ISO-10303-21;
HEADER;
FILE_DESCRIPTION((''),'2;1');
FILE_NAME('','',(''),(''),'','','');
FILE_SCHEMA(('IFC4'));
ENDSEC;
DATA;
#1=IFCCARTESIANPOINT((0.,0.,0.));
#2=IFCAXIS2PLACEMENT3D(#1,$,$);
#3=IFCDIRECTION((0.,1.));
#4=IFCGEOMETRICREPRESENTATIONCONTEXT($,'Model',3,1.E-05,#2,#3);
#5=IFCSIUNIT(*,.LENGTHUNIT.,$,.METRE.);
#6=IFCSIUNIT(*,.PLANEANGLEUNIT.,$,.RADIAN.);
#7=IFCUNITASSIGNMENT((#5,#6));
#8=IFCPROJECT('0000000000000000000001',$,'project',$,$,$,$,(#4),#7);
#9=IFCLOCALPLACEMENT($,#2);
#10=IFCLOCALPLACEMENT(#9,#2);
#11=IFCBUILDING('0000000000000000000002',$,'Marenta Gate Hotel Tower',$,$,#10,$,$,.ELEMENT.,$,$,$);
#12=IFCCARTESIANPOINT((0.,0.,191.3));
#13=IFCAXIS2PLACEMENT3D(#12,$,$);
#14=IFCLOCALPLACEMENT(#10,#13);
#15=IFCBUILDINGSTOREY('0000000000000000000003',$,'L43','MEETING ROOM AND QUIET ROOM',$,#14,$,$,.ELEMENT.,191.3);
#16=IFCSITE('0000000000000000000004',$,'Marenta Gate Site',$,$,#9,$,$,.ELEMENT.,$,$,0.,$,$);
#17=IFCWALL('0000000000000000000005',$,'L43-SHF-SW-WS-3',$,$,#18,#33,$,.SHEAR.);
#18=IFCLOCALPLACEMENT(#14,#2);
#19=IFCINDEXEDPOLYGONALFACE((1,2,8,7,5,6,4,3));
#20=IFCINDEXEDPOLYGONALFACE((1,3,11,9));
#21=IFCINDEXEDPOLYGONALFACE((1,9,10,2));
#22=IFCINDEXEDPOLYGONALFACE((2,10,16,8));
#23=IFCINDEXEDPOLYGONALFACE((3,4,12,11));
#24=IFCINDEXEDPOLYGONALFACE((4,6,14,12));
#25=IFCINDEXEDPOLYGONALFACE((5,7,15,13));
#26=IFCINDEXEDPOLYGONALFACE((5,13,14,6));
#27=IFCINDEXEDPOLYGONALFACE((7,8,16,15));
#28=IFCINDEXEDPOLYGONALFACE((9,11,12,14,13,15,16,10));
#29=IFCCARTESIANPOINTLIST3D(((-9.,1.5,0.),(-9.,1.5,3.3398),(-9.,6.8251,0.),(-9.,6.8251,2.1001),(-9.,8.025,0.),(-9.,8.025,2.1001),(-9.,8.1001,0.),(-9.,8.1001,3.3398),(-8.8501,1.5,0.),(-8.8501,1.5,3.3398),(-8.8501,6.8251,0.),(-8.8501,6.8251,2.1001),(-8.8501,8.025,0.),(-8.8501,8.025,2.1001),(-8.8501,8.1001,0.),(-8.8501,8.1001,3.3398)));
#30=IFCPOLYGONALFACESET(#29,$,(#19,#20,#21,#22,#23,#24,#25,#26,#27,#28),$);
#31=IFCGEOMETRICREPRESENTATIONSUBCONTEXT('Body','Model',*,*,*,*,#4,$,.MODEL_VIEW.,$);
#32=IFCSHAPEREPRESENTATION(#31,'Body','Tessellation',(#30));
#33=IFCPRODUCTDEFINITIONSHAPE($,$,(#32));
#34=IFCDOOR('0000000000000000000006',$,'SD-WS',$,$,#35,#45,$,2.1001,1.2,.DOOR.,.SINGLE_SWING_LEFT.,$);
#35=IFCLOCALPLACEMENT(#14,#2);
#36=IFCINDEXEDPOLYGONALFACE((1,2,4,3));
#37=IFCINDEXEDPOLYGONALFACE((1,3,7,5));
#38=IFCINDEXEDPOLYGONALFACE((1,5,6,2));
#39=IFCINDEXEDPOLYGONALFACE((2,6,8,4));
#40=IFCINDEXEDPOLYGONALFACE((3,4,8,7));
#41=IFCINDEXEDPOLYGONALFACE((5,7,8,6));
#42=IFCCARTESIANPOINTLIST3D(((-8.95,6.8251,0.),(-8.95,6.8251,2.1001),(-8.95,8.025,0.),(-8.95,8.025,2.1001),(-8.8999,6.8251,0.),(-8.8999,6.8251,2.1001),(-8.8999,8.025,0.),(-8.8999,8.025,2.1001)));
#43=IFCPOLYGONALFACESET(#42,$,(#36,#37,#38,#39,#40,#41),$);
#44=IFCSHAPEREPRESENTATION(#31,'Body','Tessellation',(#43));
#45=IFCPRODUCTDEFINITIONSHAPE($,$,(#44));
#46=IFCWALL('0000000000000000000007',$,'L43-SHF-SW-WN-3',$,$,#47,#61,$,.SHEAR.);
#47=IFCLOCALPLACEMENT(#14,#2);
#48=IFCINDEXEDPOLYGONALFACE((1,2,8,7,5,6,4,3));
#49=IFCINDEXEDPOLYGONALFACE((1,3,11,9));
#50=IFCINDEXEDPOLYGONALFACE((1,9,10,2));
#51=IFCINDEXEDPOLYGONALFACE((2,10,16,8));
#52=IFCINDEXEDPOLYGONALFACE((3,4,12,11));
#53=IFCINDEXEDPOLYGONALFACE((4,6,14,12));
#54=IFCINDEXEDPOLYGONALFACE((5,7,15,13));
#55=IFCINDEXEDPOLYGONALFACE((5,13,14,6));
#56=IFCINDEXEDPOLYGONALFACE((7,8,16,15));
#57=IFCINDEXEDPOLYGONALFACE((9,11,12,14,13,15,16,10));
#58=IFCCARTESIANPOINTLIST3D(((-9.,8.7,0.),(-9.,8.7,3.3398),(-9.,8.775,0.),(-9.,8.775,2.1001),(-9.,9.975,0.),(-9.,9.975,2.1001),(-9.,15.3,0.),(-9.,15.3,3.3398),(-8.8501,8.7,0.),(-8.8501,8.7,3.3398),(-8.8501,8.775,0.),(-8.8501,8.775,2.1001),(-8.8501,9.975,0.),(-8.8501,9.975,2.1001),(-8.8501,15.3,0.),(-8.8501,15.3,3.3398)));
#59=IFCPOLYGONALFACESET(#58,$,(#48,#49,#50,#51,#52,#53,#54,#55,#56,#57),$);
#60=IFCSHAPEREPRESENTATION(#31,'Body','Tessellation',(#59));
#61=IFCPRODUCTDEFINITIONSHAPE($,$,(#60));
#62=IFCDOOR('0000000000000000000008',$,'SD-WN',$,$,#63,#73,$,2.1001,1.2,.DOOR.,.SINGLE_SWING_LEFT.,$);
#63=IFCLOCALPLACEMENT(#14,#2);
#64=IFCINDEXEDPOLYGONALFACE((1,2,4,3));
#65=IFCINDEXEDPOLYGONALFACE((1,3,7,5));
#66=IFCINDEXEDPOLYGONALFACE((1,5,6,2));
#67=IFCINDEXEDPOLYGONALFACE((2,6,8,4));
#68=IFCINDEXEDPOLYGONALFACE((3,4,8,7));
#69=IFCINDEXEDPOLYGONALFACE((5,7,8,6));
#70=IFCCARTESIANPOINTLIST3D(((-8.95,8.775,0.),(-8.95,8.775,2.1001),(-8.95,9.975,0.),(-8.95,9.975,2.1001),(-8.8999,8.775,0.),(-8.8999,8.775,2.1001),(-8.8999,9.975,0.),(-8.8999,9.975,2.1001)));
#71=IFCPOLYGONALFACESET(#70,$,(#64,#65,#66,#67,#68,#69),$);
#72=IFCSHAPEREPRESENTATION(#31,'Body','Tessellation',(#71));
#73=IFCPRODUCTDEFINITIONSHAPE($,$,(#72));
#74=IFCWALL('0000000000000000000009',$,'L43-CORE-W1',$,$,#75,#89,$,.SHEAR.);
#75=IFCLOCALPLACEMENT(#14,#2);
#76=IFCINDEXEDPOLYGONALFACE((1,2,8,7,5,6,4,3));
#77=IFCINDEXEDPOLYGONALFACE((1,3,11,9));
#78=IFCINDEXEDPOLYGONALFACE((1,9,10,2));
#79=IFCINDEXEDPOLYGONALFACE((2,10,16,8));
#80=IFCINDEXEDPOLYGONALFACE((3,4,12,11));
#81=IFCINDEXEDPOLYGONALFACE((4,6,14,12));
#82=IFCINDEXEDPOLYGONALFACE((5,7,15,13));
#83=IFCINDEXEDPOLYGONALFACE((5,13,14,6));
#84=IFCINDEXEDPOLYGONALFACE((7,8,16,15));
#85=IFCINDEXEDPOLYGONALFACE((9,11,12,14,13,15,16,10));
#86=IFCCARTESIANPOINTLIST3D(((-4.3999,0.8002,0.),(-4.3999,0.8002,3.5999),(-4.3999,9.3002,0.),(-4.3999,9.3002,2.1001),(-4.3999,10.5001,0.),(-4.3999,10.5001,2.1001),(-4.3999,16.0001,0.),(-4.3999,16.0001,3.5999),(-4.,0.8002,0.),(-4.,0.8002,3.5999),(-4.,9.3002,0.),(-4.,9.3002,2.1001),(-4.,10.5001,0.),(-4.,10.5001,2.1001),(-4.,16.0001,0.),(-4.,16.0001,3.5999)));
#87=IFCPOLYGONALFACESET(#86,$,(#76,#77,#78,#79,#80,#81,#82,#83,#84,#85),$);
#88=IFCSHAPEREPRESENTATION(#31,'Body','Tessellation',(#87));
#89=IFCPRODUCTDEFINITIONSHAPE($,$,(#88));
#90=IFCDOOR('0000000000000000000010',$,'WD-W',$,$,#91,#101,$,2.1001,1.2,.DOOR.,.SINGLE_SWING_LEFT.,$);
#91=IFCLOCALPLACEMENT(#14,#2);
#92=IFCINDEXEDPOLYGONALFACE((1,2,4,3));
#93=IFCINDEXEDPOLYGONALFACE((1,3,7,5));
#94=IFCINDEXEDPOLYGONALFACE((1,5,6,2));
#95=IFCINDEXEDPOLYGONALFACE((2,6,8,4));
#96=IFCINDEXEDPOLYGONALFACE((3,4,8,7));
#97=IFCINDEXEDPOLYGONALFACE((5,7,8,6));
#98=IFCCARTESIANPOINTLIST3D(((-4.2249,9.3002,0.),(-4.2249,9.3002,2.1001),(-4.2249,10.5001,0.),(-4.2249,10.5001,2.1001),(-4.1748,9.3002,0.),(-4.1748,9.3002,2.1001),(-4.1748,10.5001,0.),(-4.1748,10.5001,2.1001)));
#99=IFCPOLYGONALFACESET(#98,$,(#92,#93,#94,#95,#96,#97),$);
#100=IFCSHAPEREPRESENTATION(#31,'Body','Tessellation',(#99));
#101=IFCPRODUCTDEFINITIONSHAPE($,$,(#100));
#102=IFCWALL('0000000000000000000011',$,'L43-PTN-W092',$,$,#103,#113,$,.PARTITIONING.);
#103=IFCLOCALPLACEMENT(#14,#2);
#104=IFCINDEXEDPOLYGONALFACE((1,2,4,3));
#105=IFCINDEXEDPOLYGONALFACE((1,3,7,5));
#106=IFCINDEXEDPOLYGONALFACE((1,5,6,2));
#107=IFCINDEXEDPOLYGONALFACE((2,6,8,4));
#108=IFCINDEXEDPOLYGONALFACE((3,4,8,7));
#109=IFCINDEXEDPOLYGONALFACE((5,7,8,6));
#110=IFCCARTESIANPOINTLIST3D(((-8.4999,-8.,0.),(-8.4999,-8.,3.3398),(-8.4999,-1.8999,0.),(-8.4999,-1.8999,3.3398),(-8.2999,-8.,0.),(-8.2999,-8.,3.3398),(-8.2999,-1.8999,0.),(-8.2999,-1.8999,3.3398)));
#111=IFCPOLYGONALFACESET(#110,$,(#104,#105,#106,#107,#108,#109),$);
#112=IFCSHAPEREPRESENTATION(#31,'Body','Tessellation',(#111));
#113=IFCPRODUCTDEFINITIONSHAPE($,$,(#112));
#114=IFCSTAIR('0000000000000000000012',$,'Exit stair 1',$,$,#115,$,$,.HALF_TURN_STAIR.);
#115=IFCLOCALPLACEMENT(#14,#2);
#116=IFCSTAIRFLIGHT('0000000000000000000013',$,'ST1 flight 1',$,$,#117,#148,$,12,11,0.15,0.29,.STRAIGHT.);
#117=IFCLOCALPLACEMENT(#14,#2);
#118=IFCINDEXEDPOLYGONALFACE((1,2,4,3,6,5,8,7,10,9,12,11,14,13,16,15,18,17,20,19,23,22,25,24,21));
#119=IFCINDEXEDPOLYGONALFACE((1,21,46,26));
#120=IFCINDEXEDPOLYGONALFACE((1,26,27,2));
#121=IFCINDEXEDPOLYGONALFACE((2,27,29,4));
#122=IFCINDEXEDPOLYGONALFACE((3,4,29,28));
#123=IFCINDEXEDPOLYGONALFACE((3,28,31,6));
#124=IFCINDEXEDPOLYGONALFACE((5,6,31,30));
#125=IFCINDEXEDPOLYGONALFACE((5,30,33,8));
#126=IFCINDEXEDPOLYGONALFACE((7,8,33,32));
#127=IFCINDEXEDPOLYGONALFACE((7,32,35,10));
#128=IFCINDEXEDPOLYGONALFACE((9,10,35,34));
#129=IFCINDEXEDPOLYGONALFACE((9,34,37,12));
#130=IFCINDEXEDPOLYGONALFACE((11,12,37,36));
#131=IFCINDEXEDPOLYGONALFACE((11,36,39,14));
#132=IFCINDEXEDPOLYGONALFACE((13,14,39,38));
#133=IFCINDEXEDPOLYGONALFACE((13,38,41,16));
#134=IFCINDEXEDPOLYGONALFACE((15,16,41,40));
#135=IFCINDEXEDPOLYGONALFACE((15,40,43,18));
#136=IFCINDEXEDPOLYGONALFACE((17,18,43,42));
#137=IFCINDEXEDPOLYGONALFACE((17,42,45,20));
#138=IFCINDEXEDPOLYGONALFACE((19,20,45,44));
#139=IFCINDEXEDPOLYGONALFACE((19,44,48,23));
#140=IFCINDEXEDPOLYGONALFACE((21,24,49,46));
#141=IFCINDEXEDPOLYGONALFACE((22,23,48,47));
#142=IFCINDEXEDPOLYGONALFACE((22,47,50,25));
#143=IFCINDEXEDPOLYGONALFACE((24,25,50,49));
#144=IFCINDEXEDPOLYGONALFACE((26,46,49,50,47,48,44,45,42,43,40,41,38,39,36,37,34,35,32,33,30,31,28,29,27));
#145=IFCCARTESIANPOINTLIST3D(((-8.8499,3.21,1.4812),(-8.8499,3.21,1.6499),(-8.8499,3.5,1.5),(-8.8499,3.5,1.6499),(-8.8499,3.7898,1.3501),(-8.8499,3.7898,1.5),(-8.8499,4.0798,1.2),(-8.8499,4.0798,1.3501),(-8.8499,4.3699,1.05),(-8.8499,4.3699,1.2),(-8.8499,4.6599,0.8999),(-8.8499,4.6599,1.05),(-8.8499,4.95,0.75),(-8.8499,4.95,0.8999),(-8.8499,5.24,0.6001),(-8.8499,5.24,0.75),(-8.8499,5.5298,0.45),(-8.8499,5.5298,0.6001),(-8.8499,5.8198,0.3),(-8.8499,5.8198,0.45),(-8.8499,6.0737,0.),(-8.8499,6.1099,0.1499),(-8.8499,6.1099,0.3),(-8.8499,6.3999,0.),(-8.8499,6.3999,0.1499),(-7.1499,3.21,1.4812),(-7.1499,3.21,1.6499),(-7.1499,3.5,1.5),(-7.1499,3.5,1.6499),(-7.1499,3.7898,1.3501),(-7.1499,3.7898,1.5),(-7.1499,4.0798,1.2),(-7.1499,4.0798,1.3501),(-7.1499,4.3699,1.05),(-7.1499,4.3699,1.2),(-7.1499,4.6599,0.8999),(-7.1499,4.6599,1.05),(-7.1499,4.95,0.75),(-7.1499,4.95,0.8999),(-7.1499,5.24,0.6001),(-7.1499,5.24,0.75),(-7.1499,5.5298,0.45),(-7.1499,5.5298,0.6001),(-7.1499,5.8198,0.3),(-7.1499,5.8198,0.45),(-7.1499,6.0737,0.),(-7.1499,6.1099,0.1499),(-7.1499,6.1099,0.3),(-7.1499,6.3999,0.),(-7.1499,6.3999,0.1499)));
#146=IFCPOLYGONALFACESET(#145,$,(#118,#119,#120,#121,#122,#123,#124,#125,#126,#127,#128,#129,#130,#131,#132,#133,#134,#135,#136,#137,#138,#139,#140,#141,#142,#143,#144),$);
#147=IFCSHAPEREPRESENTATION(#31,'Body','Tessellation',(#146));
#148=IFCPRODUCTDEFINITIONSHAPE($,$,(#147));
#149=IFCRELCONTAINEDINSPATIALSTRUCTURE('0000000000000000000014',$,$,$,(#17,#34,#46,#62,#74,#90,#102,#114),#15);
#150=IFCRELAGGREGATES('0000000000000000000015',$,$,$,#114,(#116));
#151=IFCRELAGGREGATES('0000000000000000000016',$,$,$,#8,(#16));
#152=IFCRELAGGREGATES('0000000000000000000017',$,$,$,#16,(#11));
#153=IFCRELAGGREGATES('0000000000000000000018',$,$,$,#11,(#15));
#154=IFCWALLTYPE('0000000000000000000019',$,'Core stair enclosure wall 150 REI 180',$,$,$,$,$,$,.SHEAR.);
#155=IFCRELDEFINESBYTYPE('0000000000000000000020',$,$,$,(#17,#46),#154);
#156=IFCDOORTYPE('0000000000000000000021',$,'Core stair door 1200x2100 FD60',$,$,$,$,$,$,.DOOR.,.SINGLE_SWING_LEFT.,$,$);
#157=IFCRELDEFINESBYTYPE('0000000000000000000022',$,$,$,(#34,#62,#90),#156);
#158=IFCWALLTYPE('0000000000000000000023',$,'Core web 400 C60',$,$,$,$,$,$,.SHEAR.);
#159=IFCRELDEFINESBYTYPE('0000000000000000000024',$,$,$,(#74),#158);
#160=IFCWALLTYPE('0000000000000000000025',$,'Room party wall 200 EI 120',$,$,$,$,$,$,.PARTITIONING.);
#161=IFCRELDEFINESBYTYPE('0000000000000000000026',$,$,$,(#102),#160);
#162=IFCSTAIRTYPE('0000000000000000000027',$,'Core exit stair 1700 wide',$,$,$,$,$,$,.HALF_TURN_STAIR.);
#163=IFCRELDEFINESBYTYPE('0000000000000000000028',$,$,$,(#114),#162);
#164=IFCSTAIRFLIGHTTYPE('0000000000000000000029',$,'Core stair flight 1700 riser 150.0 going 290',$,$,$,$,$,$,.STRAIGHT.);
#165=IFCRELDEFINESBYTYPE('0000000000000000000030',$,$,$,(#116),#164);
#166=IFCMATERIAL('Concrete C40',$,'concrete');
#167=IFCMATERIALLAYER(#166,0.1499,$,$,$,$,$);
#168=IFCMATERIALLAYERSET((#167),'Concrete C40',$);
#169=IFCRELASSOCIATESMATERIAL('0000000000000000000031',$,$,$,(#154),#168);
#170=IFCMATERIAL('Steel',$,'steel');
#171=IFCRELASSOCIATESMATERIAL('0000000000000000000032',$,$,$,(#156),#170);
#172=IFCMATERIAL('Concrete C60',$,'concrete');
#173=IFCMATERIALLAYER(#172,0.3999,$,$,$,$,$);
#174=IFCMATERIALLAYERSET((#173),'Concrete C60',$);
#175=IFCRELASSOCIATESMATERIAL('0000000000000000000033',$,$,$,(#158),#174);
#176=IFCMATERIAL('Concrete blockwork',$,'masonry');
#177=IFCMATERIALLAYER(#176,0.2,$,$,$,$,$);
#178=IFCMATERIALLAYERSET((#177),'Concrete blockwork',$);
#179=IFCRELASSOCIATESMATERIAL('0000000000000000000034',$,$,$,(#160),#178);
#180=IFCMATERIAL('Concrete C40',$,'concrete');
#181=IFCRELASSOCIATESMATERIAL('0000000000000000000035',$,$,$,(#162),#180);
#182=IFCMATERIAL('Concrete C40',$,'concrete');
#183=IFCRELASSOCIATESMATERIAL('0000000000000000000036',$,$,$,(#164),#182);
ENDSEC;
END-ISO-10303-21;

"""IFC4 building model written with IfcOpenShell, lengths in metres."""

from ifc_helpers import new_model, si_unit, direction, frame, frame_2d, origin, place, context, subcontext, project, spatial, polyline, rectangle, outline, extrude, material, layer, layer_set, type_object, element, fill, aggregate, save


model = new_model("IFC4")

# Units and contexts
model_context = context("Model", 3, precision=1e-05, world=origin(), true_north=direction((0.0, 1.0)))
body_context = subcontext(model_context, "Body", "Model", "MODEL_VIEW")
ifc_project = project(units=[si_unit("LENGTHUNIT", "METRE"), si_unit("PLANEANGLEUNIT", "RADIAN")], contexts=[model_context])

# Site, building, storey
site_placement = place(None, origin())
site = spatial("IfcSite", under=ifc_project, at=site_placement, Name="Marenta Gate Site", CompositionType="ELEMENT", RefElevation=0.0)
building_placement = place(site_placement, origin())
building = spatial("IfcBuilding", under=site, at=building_placement, Name="Marenta Gate Hotel Tower", CompositionType="ELEMENT")
storey_placement = place(building_placement, frame((0.0, 0.0, 191.3)))
storey = spatial("IfcBuildingStorey", under=building, at=storey_placement, Name="L43", Description="MEETING ROOM AND QUIET ROOM", CompositionType="ELEMENT", Elevation=191.3)

# Walls, openings, doors
ifc_material_1 = material(Name="Concrete C40", Category="concrete")
ifc_layer_1 = layer(ifc_material_1, 0.1499)
ifc_layer_set_1 = layer_set([ifc_layer_1], Name="Concrete C40")
wall_type_1 = type_object("IfcWallType", Name="Core stair enclosure wall 150 REI 180", PredefinedType="SHEAR", material=ifc_layer_set_1)
wall_1_placement = place(storey_placement, frame((-8.925, 1.5, 0.0), z_axis=(0.0, 0.0, 1.0), x_axis=(0.0, 1.0, 0.0)))
wall_1 = element("IfcWall", 1, at=wall_1_placement, inside=storey, type_object=wall_type_1, Name="L43-SHF-SW-WS-3", PredefinedType="SHEAR", context=body_context, shape_type="SweptSolid", body=[
    extrude(rectangle(XDim=6.6001, YDim=0.1499, at=frame_2d((3.3, 0.0))), origin(), (0.0, 0.0, 1.0), 3.3398),
])
opening_1_placement = place(wall_1_placement, frame((5.325, 0.0, 0.0)))
opening_1 = element("IfcOpeningElement", 2, at=opening_1_placement, cuts=wall_1, PredefinedType="OPENING", context=body_context, shape_type="SweptSolid", body=[
    extrude(rectangle(XDim=1.2, YDim=2.1001, at=frame_2d((0.6001, 1.05))), frame((0.0, 0.075, 0.0), z_axis=(0.0, -1.0, 0.0), x_axis=(1.0, 0.0, 0.0)), (0.0, 0.0, 1.0), 0.1499),
])
ifc_material_2 = material(Name="Steel", Category="steel")
door_type_1 = type_object("IfcDoorType", Name="Core stair door 1200x2100 FD60", OperationType="SINGLE_SWING_LEFT", PredefinedType="DOOR", material=ifc_material_2)
door_1_placement = place(opening_1_placement, origin())
door_1 = element("IfcDoor", 3, at=door_1_placement, inside=storey, type_object=door_type_1, Name="SD-WS", OperationType="SINGLE_SWING_LEFT", OverallHeight=2.1001, OverallWidth=1.2, PredefinedType="DOOR", context=body_context, shape_type="SweptSolid", body=[
    extrude(rectangle(XDim=1.2, YDim=2.1001, at=frame_2d((0.6001, 1.05))), frame((0.0, 0.0249, 0.0), z_axis=(0.0, -1.0, 0.0), x_axis=(1.0, 0.0, 0.0)), (0.0, 0.0, 1.0), 0.05),
])
fill(opening_1, door_1)
wall_2_placement = place(storey_placement, frame((-8.925, 8.7, 0.0), z_axis=(0.0, 0.0, 1.0), x_axis=(0.0, 1.0, 0.0)))
wall_2 = element("IfcWall", 4, at=wall_2_placement, inside=storey, type_object=wall_type_1, Name="L43-SHF-SW-WN-3", PredefinedType="SHEAR", context=body_context, shape_type="SweptSolid", body=[
    extrude(rectangle(XDim=6.6001, YDim=0.1499, at=frame_2d((3.3, 0.0))), origin(), (0.0, 0.0, 1.0), 3.3398),
])
opening_2_placement = place(wall_2_placement, frame((0.075, 0.0, 0.0)))
opening_2 = element("IfcOpeningElement", 5, at=opening_2_placement, cuts=wall_2, PredefinedType="OPENING", context=body_context, shape_type="SweptSolid", body=[
    extrude(rectangle(XDim=1.2, YDim=2.1001, at=frame_2d((0.6001, 1.05))), frame((0.0, 0.075, 0.0), z_axis=(0.0, -1.0, 0.0), x_axis=(1.0, 0.0, 0.0)), (0.0, 0.0, 1.0), 0.1499),
])
door_2_placement = place(opening_2_placement, origin())
door_2 = element("IfcDoor", 6, at=door_2_placement, inside=storey, type_object=door_type_1, Name="SD-WN", OperationType="SINGLE_SWING_LEFT", OverallHeight=2.1001, OverallWidth=1.2, PredefinedType="DOOR", context=body_context, shape_type="SweptSolid", body=[
    extrude(rectangle(XDim=1.2, YDim=2.1001, at=frame_2d((0.6001, 1.05))), frame((0.0, 0.0249, 0.0), z_axis=(0.0, -1.0, 0.0), x_axis=(1.0, 0.0, 0.0)), (0.0, 0.0, 1.0), 0.05),
])
fill(opening_2, door_2)
ifc_material_3 = material(Name="Concrete C60", Category="concrete")
ifc_layer_2 = layer(ifc_material_3, 0.3999)
ifc_layer_set_2 = layer_set([ifc_layer_2], Name="Concrete C60")
wall_type_2 = type_object("IfcWallType", Name="Core web 400 C60", PredefinedType="SHEAR", material=ifc_layer_set_2)
wall_3_placement = place(storey_placement, frame((-4.2, 0.8, 0.0), z_axis=(0.0, 0.0, 1.0), x_axis=(0.0, 1.0, 0.0)))
wall_3 = element("IfcWall", 7, at=wall_3_placement, inside=storey, type_object=wall_type_2, Name="L43-CORE-W1", PredefinedType="SHEAR", context=body_context, shape_type="SweptSolid", body=[
    extrude(rectangle(XDim=15.2, YDim=0.3999, at=frame_2d((7.6001, 0.0))), origin(), (0.0, 0.0, 1.0), 3.5999),
])
opening_3_placement = place(wall_3_placement, frame((8.5, 0.0, 0.0)))
opening_3 = element("IfcOpeningElement", 8, at=opening_3_placement, cuts=wall_3, PredefinedType="OPENING", context=body_context, shape_type="SweptSolid", body=[
    extrude(rectangle(XDim=1.2, YDim=2.1001, at=frame_2d((0.6001, 1.05))), frame((0.0, 0.2, 0.0), z_axis=(0.0, -1.0, 0.0), x_axis=(1.0, 0.0, 0.0)), (0.0, 0.0, 1.0), 0.3999),
])
door_3_placement = place(opening_3_placement, origin())
door_3 = element("IfcDoor", 9, at=door_3_placement, inside=storey, type_object=door_type_1, Name="WD-W", OperationType="SINGLE_SWING_LEFT", OverallHeight=2.1001, OverallWidth=1.2, PredefinedType="DOOR", context=body_context, shape_type="SweptSolid", body=[
    extrude(rectangle(XDim=1.2, YDim=2.1001, at=frame_2d((0.6001, 1.05))), frame((0.0, 0.0249, 0.0), z_axis=(0.0, -1.0, 0.0), x_axis=(1.0, 0.0, 0.0)), (0.0, 0.0, 1.0), 0.05),
])
fill(opening_3, door_3)

# Wall
ifc_material_4 = material(Name="Concrete blockwork", Category="masonry")
ifc_layer_3 = layer(ifc_material_4, 0.2)
ifc_layer_set_3 = layer_set([ifc_layer_3], Name="Concrete blockwork")
wall_type_3 = type_object("IfcWallType", Name="Room party wall 200 EI 120", PredefinedType="PARTITIONING", material=ifc_layer_set_3)
wall_4_placement = place(storey_placement, frame((-8.3999, -8.0, 0.0), z_axis=(0.0, 0.0, 1.0), x_axis=(0.0, 1.0, 0.0)))
element("IfcWall", 10, at=wall_4_placement, inside=storey, type_object=wall_type_3, Name="L43-PTN-W092", PredefinedType="PARTITIONING", context=body_context, shape_type="SweptSolid", body=[
    extrude(rectangle(XDim=6.1001, YDim=0.2, at=frame_2d((3.05, 0.0))), origin(), (0.0, 0.0, 1.0), 3.3398),
])

# Stair, stair flight
ifc_material_5 = material(Name="Concrete C40", Category="concrete")
stair_type = type_object("IfcStairType", Name="Core exit stair 1700 wide", PredefinedType="HALF_TURN_STAIR", material=ifc_material_5)
stair_placement = place(storey_placement, origin())
stair = element("IfcStair", 11, at=stair_placement, inside=storey, type_object=stair_type, Name="Exit stair 1", PredefinedType="HALF_TURN_STAIR")
ifc_material_6 = material(Name="Concrete C40", Category="concrete")
stair_flight_type = type_object("IfcStairFlightType", Name="Core stair flight 1700 riser 150.0 going 290", PredefinedType="STRAIGHT", material=ifc_material_6)
stair_flight_1_placement = place(storey_placement, frame((-8.0, 6.3999, 0.0), z_axis=(0.0, 0.0, 1.0), x_axis=(0.0, -1.0, 0.0)))
stair_flight_1 = element("IfcStairFlight", 12, at=stair_flight_1_placement, type_object=stair_flight_type, Name="ST1 flight 1", NumberOfRisers=12, NumberOfTreads=11, PredefinedType="STRAIGHT", RiserHeight=0.15, TreadLength=0.29, context=body_context, shape_type="SweptSolid", body=[
    extrude(outline(polyline([(0.0, 0.0), (0.0, 0.1499), (0.29, 0.1499), (0.29, 0.3), (0.5801, 0.3), (0.5801, 0.45), (0.8701, 0.45), (0.8701, 0.6001), (1.1599, 0.6001), (1.1599, 0.75), (1.45, 0.75), (1.45, 0.8999), (1.74, 0.8999), (1.74, 1.05), (2.03, 1.05), (2.03, 1.2), (2.3201, 1.2), (2.3201, 1.3501), (2.6101, 1.3501), (2.6101, 1.5), (2.8999, 1.5), (2.8999, 1.6499), (3.1899, 1.6499), (3.1899, 1.8), (3.1899, 1.4812), (0.3262, 0.0), (0.0, 0.0)])), frame((0.0, 0.8501, 0.0), z_axis=(0.0, -1.0, 0.0), x_axis=(1.0, 0.0, 0.0)), (0.0, 0.0, 1.0), 1.7),
])
aggregate(stair, [stair_flight_1])

save(model, "model.ifc")
